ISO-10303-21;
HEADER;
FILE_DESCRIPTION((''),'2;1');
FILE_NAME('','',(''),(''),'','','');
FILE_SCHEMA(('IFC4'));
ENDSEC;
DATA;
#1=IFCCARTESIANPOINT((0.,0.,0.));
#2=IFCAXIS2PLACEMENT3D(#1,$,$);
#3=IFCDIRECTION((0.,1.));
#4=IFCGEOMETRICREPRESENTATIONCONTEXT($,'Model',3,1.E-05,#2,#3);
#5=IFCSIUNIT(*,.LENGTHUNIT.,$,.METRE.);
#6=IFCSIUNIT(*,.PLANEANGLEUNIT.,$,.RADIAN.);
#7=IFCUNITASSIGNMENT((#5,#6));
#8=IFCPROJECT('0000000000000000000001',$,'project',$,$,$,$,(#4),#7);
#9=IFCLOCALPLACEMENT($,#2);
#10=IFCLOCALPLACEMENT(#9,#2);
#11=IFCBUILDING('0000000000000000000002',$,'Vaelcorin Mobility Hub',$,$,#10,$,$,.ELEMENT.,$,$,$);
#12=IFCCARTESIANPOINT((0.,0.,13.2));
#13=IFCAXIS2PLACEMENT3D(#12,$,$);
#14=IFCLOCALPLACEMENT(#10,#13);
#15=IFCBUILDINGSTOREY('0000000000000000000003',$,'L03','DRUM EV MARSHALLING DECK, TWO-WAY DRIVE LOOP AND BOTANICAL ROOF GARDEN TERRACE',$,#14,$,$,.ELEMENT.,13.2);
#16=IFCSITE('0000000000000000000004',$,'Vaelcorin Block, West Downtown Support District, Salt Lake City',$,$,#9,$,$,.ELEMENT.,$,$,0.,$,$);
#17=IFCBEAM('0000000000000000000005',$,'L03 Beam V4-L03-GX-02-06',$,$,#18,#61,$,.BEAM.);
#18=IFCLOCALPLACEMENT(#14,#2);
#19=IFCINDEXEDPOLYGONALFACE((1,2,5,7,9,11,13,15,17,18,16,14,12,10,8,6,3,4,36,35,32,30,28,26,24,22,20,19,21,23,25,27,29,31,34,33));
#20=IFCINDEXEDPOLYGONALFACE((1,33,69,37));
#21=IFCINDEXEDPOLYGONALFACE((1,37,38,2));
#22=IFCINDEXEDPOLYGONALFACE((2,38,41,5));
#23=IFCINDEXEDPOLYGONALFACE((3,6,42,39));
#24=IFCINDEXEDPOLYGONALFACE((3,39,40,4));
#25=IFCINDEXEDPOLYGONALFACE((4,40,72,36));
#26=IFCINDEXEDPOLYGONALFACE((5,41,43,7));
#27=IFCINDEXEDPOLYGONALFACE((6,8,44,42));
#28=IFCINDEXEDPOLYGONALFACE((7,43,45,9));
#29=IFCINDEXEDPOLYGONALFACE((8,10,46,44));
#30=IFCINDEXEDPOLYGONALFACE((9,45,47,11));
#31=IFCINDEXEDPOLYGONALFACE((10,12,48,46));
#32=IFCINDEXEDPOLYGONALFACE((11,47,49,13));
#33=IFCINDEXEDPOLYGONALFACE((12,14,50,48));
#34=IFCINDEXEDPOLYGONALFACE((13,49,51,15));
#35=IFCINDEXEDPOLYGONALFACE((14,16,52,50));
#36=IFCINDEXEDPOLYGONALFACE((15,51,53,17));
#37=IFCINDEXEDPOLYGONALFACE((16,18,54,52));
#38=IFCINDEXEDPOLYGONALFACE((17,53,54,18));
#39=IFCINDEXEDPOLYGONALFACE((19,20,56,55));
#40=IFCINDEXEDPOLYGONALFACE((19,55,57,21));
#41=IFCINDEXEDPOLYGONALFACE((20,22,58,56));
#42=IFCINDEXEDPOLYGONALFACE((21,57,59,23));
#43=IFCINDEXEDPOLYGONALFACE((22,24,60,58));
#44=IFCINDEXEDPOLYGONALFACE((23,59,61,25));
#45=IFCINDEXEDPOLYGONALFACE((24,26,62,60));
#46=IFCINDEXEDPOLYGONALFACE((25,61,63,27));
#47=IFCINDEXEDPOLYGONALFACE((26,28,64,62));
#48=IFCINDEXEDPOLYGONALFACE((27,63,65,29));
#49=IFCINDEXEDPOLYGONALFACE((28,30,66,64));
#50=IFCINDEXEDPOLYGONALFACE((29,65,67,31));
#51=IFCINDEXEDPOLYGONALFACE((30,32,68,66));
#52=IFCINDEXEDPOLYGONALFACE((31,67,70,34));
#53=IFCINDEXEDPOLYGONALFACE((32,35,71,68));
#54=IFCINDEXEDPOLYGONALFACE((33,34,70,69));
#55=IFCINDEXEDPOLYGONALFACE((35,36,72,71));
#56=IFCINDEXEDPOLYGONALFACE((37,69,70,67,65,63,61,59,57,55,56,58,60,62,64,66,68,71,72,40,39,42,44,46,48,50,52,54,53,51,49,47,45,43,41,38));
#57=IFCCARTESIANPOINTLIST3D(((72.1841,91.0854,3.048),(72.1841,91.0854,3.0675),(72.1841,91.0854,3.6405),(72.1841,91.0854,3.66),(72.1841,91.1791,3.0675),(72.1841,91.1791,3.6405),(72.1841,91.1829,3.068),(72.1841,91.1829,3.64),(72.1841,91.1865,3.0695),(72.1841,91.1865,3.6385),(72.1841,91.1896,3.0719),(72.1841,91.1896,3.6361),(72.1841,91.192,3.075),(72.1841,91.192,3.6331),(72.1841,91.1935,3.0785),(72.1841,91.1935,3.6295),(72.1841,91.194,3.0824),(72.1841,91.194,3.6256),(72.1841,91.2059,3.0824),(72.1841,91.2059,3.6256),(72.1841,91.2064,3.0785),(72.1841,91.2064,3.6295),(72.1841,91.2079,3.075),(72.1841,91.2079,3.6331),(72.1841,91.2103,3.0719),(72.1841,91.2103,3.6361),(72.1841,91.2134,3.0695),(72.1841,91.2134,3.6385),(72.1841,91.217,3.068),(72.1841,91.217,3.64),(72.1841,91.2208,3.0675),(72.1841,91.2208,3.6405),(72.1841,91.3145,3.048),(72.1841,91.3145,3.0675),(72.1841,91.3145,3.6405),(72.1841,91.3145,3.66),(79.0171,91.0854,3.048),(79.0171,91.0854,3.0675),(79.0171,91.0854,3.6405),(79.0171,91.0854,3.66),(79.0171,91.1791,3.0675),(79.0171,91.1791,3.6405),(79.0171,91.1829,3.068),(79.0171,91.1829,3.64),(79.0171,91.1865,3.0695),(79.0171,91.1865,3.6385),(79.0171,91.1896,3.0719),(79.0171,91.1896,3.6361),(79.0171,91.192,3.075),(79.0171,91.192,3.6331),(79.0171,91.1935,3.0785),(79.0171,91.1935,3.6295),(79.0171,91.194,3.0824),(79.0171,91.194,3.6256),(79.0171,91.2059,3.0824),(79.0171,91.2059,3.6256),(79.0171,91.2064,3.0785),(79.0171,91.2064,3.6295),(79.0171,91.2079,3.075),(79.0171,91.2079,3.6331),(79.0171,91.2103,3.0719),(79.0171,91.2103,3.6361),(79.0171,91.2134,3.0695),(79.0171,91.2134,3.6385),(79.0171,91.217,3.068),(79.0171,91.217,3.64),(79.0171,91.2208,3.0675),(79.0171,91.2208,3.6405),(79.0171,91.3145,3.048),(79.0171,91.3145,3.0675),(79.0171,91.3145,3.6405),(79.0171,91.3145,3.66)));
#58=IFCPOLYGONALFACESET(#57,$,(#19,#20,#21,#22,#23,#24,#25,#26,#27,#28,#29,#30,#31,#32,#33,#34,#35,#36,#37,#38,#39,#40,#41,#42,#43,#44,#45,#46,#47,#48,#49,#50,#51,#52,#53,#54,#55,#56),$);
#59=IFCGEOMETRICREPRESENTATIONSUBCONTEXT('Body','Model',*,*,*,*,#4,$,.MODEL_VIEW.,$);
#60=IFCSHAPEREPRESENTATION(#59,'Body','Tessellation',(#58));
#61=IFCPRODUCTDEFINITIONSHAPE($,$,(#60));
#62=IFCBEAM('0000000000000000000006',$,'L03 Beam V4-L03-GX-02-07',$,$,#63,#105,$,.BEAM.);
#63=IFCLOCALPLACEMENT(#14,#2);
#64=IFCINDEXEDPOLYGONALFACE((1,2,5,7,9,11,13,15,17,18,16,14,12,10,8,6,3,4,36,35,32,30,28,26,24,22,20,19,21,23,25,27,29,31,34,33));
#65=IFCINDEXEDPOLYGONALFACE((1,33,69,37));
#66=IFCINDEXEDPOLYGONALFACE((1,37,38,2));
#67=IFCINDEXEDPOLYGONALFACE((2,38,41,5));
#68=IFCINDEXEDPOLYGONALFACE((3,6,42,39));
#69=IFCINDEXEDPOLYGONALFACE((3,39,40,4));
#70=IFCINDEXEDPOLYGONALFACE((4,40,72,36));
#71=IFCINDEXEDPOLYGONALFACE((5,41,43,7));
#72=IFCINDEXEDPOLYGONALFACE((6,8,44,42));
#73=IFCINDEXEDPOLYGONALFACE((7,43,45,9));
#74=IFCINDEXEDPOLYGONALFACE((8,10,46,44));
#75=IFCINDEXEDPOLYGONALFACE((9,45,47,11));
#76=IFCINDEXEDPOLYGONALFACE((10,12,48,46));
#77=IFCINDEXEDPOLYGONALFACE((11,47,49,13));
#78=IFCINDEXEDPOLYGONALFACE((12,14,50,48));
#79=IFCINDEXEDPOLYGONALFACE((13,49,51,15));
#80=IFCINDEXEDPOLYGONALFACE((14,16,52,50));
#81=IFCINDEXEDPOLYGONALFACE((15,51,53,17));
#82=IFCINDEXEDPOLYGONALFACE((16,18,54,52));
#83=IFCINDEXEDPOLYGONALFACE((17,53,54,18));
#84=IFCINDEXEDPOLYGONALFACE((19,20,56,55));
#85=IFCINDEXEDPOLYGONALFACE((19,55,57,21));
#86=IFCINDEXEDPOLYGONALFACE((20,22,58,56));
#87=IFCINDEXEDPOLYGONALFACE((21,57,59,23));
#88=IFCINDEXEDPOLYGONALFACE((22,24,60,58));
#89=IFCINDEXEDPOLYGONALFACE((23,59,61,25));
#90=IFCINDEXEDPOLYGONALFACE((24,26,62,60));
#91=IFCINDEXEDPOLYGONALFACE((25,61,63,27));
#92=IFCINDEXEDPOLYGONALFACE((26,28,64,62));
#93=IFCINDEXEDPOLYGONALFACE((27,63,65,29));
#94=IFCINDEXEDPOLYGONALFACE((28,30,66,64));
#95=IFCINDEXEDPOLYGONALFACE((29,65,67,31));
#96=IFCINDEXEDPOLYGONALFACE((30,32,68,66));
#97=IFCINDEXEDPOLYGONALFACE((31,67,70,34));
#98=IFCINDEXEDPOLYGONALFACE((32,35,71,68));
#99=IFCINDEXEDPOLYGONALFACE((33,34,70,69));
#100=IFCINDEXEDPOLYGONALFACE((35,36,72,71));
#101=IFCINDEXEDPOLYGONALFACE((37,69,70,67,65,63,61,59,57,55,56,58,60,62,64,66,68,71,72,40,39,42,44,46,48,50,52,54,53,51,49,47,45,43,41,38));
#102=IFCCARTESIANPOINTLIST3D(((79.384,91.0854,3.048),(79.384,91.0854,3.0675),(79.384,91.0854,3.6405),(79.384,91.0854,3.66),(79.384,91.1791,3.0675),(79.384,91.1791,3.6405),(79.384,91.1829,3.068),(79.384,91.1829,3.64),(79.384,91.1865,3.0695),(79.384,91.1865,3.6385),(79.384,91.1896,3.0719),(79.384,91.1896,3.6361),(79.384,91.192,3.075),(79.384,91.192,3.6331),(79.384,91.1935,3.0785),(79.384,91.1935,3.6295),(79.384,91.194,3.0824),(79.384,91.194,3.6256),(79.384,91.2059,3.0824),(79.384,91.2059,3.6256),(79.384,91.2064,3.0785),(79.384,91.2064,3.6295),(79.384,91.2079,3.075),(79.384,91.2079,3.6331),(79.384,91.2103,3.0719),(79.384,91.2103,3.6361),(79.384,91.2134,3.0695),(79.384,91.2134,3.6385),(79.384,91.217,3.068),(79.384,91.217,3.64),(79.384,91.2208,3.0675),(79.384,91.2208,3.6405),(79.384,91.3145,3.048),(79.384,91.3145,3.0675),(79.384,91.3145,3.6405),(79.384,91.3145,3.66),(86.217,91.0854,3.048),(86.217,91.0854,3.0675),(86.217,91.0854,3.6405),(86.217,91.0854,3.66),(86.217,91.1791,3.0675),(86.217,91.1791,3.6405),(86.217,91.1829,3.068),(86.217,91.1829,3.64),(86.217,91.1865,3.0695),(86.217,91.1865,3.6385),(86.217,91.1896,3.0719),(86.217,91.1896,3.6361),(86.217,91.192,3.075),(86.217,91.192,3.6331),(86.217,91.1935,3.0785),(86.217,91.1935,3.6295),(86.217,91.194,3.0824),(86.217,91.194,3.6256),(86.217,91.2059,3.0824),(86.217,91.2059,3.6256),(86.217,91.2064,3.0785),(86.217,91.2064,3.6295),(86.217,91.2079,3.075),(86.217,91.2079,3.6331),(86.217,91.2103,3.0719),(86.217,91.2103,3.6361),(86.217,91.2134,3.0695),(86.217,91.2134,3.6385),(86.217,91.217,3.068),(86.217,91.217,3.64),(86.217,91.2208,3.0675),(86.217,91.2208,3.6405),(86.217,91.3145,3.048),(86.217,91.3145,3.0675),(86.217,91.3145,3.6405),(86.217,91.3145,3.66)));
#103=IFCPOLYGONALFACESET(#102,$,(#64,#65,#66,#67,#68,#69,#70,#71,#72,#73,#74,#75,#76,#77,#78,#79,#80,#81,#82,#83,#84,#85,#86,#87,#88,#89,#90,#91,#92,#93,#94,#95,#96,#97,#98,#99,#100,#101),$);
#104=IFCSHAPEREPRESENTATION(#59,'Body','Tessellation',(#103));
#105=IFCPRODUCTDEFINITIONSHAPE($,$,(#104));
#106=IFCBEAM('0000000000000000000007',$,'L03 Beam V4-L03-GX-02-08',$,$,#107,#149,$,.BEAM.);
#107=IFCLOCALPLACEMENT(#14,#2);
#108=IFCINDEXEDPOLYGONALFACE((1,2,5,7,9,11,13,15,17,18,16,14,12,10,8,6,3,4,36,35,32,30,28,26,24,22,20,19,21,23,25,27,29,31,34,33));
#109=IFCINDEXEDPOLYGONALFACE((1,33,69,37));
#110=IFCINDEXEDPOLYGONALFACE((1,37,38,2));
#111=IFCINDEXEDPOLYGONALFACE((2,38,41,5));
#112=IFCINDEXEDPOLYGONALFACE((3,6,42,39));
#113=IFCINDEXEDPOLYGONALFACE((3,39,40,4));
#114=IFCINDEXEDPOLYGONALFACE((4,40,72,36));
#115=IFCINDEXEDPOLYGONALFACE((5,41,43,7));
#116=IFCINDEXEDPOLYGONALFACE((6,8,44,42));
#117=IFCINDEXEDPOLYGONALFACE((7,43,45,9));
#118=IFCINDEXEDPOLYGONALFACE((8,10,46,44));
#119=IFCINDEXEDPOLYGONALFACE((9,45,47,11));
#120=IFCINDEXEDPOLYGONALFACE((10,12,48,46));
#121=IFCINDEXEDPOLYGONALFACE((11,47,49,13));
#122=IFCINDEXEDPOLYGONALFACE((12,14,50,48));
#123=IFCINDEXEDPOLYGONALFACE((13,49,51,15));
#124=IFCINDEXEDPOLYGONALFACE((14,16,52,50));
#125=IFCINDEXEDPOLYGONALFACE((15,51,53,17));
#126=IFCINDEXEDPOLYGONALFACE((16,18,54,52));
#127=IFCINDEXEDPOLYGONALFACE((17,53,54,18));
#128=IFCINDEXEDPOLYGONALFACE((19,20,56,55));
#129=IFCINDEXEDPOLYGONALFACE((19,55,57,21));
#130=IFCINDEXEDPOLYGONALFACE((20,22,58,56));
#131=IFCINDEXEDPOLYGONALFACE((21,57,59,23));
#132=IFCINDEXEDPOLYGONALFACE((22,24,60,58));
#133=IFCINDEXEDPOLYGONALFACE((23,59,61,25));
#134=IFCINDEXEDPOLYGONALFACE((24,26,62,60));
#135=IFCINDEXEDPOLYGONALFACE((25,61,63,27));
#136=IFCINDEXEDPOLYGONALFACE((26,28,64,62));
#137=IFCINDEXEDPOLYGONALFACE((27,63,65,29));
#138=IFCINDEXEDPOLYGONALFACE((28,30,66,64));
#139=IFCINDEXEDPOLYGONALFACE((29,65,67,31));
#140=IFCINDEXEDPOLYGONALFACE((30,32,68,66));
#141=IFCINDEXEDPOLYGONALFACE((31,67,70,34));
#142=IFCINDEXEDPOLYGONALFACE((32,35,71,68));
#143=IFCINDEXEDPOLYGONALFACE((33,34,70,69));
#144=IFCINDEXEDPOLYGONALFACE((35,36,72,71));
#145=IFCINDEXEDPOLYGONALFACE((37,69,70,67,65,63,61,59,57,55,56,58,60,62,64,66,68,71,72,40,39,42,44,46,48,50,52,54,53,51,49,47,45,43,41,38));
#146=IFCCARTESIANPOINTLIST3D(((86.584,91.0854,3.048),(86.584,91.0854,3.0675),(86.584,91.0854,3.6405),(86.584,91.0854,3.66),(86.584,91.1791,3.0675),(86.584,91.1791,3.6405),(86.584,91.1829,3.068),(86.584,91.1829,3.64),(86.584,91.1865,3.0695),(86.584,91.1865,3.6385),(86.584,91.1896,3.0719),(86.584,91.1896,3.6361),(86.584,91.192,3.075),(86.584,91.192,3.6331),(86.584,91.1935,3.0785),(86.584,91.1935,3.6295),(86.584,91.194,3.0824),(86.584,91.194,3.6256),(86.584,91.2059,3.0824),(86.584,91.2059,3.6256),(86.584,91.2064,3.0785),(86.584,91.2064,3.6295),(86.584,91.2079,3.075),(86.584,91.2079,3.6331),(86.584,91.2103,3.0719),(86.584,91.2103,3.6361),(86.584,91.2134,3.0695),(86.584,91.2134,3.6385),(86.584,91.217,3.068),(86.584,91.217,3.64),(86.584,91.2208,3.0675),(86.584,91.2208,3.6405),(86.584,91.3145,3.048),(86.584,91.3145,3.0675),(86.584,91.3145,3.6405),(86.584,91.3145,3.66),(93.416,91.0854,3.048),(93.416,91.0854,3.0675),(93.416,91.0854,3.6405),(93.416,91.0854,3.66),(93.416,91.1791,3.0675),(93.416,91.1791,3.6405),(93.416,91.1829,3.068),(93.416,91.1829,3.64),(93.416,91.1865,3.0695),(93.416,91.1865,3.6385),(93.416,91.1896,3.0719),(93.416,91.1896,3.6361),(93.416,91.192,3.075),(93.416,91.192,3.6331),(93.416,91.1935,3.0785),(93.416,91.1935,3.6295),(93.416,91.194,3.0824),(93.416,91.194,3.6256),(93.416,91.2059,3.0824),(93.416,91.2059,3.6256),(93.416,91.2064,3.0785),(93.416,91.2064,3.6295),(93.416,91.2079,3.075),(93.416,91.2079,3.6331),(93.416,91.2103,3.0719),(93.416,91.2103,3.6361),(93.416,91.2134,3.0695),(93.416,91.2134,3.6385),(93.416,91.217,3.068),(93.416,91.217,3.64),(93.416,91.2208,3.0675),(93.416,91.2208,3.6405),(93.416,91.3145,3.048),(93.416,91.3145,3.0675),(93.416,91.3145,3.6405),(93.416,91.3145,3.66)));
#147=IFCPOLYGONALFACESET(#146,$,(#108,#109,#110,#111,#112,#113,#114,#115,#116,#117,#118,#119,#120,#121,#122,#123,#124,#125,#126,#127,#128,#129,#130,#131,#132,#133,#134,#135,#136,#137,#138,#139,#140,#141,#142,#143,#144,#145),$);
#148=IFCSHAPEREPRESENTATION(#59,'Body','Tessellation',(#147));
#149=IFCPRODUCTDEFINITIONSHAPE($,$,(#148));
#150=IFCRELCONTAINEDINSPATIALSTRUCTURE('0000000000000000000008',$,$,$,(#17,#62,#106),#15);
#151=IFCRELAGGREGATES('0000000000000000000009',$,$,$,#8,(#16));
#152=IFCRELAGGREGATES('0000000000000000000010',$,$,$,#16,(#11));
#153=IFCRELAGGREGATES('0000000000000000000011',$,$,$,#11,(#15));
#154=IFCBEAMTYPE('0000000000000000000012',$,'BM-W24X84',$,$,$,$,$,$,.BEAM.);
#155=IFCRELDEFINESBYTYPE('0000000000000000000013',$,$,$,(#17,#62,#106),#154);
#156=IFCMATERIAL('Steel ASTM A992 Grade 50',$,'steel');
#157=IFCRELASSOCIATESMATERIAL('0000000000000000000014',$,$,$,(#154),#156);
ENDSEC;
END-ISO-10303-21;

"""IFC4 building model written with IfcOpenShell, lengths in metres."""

from ifc_helpers import new_model, si_unit, direction, frame, origin, origin_2d, place, context, subcontext, project, spatial, i_section, extrude, material, material_profile, profile_set, type_object, element, save


model = new_model("IFC4")

# Units and contexts
model_context = context("Model", 3, precision=1e-05, world=origin(), true_north=direction((0.0, 1.0)))
body_context = subcontext(model_context, "Body", "Model", "MODEL_VIEW")
ifc_project = project(units=[si_unit("LENGTHUNIT", "METRE"), si_unit("PLANEANGLEUNIT", "RADIAN")], contexts=[model_context])

# Site, building, storey
site_placement = place(None, origin())
site = spatial("IfcSite", under=ifc_project, at=site_placement, Name="Vaelcorin Block, West Downtown Support District, Salt Lake City", CompositionType="ELEMENT", RefElevation=0.0)
building_placement = place(site_placement, origin())
building = spatial("IfcBuilding", under=site, at=building_placement, Name="Vaelcorin Mobility Hub", CompositionType="ELEMENT")
storey_placement = place(building_placement, frame((0.0, 0.0, 13.2)))
storey = spatial("IfcBuildingStorey", under=building, at=storey_placement, Name="L03", Description="DRUM EV MARSHALLING DECK, TWO-WAY DRIVE LOOP AND BOTANICAL ROOF GARDEN TERRACE", CompositionType="ELEMENT", Elevation=13.2)

# Shared definitions
ifc_material_1 = material(Name="Steel ASTM A992 Grade 50", Category="steel")

# Beams
ifc_material_profile_1 = material_profile(ifc_material_1, i_section(OverallWidth=0.229, OverallDepth=0.6121, WebThickness=0.012, FlangeThickness=0.0195, FilletRadius=0.0149, at=origin_2d()), Name="W24X84")
ifc_profile_set_1 = profile_set([ifc_material_profile_1], Name="Steel ASTM A992 Grade 50")
beam_type_1 = type_object("IfcBeamType", Name="BM-W24X84", PredefinedType="BEAM", material=ifc_profile_set_1)
for number, where, z_axis, x_axis, name in (
    (1, (72.1841, 91.2, 3.354), (1.0, 0.0, 0.0), (0.0, 1.0, 0.0), "L03 Beam V4-L03-GX-02-06"),
    (2, (79.384, 91.2, 3.354), (1.0, 0.0, 0.0), (0.0, 1.0, 0.0), "L03 Beam V4-L03-GX-02-07"),
):
    element("IfcBeam", number, at=place(storey_placement, frame(where, z_axis=z_axis, x_axis=x_axis)), inside=storey, type_object=beam_type_1, Name=name, PredefinedType="BEAM", context=body_context, shape_type="SweptSolid", body=[
        extrude(i_section(OverallWidth=0.229, OverallDepth=0.6121, WebThickness=0.012, FlangeThickness=0.0195, FilletRadius=0.0149, at=origin_2d()), origin(), (0.0, 0.0, 1.0), 6.833),
    ])
beam_1_placement = place(storey_placement, frame((86.584, 91.2, 3.354), z_axis=(1.0, 0.0, 0.0), x_axis=(0.0, 1.0, 0.0)))
element("IfcBeam", 3, at=beam_1_placement, inside=storey, type_object=beam_type_1, Name="L03 Beam V4-L03-GX-02-08", PredefinedType="BEAM", context=body_context, shape_type="SweptSolid", body=[
    extrude(i_section(OverallWidth=0.229, OverallDepth=0.6121, WebThickness=0.012, FlangeThickness=0.0195, FilletRadius=0.0149, at=origin_2d()), origin(), (0.0, 0.0, 1.0), 6.832),
])

save(model, "model.ifc")
